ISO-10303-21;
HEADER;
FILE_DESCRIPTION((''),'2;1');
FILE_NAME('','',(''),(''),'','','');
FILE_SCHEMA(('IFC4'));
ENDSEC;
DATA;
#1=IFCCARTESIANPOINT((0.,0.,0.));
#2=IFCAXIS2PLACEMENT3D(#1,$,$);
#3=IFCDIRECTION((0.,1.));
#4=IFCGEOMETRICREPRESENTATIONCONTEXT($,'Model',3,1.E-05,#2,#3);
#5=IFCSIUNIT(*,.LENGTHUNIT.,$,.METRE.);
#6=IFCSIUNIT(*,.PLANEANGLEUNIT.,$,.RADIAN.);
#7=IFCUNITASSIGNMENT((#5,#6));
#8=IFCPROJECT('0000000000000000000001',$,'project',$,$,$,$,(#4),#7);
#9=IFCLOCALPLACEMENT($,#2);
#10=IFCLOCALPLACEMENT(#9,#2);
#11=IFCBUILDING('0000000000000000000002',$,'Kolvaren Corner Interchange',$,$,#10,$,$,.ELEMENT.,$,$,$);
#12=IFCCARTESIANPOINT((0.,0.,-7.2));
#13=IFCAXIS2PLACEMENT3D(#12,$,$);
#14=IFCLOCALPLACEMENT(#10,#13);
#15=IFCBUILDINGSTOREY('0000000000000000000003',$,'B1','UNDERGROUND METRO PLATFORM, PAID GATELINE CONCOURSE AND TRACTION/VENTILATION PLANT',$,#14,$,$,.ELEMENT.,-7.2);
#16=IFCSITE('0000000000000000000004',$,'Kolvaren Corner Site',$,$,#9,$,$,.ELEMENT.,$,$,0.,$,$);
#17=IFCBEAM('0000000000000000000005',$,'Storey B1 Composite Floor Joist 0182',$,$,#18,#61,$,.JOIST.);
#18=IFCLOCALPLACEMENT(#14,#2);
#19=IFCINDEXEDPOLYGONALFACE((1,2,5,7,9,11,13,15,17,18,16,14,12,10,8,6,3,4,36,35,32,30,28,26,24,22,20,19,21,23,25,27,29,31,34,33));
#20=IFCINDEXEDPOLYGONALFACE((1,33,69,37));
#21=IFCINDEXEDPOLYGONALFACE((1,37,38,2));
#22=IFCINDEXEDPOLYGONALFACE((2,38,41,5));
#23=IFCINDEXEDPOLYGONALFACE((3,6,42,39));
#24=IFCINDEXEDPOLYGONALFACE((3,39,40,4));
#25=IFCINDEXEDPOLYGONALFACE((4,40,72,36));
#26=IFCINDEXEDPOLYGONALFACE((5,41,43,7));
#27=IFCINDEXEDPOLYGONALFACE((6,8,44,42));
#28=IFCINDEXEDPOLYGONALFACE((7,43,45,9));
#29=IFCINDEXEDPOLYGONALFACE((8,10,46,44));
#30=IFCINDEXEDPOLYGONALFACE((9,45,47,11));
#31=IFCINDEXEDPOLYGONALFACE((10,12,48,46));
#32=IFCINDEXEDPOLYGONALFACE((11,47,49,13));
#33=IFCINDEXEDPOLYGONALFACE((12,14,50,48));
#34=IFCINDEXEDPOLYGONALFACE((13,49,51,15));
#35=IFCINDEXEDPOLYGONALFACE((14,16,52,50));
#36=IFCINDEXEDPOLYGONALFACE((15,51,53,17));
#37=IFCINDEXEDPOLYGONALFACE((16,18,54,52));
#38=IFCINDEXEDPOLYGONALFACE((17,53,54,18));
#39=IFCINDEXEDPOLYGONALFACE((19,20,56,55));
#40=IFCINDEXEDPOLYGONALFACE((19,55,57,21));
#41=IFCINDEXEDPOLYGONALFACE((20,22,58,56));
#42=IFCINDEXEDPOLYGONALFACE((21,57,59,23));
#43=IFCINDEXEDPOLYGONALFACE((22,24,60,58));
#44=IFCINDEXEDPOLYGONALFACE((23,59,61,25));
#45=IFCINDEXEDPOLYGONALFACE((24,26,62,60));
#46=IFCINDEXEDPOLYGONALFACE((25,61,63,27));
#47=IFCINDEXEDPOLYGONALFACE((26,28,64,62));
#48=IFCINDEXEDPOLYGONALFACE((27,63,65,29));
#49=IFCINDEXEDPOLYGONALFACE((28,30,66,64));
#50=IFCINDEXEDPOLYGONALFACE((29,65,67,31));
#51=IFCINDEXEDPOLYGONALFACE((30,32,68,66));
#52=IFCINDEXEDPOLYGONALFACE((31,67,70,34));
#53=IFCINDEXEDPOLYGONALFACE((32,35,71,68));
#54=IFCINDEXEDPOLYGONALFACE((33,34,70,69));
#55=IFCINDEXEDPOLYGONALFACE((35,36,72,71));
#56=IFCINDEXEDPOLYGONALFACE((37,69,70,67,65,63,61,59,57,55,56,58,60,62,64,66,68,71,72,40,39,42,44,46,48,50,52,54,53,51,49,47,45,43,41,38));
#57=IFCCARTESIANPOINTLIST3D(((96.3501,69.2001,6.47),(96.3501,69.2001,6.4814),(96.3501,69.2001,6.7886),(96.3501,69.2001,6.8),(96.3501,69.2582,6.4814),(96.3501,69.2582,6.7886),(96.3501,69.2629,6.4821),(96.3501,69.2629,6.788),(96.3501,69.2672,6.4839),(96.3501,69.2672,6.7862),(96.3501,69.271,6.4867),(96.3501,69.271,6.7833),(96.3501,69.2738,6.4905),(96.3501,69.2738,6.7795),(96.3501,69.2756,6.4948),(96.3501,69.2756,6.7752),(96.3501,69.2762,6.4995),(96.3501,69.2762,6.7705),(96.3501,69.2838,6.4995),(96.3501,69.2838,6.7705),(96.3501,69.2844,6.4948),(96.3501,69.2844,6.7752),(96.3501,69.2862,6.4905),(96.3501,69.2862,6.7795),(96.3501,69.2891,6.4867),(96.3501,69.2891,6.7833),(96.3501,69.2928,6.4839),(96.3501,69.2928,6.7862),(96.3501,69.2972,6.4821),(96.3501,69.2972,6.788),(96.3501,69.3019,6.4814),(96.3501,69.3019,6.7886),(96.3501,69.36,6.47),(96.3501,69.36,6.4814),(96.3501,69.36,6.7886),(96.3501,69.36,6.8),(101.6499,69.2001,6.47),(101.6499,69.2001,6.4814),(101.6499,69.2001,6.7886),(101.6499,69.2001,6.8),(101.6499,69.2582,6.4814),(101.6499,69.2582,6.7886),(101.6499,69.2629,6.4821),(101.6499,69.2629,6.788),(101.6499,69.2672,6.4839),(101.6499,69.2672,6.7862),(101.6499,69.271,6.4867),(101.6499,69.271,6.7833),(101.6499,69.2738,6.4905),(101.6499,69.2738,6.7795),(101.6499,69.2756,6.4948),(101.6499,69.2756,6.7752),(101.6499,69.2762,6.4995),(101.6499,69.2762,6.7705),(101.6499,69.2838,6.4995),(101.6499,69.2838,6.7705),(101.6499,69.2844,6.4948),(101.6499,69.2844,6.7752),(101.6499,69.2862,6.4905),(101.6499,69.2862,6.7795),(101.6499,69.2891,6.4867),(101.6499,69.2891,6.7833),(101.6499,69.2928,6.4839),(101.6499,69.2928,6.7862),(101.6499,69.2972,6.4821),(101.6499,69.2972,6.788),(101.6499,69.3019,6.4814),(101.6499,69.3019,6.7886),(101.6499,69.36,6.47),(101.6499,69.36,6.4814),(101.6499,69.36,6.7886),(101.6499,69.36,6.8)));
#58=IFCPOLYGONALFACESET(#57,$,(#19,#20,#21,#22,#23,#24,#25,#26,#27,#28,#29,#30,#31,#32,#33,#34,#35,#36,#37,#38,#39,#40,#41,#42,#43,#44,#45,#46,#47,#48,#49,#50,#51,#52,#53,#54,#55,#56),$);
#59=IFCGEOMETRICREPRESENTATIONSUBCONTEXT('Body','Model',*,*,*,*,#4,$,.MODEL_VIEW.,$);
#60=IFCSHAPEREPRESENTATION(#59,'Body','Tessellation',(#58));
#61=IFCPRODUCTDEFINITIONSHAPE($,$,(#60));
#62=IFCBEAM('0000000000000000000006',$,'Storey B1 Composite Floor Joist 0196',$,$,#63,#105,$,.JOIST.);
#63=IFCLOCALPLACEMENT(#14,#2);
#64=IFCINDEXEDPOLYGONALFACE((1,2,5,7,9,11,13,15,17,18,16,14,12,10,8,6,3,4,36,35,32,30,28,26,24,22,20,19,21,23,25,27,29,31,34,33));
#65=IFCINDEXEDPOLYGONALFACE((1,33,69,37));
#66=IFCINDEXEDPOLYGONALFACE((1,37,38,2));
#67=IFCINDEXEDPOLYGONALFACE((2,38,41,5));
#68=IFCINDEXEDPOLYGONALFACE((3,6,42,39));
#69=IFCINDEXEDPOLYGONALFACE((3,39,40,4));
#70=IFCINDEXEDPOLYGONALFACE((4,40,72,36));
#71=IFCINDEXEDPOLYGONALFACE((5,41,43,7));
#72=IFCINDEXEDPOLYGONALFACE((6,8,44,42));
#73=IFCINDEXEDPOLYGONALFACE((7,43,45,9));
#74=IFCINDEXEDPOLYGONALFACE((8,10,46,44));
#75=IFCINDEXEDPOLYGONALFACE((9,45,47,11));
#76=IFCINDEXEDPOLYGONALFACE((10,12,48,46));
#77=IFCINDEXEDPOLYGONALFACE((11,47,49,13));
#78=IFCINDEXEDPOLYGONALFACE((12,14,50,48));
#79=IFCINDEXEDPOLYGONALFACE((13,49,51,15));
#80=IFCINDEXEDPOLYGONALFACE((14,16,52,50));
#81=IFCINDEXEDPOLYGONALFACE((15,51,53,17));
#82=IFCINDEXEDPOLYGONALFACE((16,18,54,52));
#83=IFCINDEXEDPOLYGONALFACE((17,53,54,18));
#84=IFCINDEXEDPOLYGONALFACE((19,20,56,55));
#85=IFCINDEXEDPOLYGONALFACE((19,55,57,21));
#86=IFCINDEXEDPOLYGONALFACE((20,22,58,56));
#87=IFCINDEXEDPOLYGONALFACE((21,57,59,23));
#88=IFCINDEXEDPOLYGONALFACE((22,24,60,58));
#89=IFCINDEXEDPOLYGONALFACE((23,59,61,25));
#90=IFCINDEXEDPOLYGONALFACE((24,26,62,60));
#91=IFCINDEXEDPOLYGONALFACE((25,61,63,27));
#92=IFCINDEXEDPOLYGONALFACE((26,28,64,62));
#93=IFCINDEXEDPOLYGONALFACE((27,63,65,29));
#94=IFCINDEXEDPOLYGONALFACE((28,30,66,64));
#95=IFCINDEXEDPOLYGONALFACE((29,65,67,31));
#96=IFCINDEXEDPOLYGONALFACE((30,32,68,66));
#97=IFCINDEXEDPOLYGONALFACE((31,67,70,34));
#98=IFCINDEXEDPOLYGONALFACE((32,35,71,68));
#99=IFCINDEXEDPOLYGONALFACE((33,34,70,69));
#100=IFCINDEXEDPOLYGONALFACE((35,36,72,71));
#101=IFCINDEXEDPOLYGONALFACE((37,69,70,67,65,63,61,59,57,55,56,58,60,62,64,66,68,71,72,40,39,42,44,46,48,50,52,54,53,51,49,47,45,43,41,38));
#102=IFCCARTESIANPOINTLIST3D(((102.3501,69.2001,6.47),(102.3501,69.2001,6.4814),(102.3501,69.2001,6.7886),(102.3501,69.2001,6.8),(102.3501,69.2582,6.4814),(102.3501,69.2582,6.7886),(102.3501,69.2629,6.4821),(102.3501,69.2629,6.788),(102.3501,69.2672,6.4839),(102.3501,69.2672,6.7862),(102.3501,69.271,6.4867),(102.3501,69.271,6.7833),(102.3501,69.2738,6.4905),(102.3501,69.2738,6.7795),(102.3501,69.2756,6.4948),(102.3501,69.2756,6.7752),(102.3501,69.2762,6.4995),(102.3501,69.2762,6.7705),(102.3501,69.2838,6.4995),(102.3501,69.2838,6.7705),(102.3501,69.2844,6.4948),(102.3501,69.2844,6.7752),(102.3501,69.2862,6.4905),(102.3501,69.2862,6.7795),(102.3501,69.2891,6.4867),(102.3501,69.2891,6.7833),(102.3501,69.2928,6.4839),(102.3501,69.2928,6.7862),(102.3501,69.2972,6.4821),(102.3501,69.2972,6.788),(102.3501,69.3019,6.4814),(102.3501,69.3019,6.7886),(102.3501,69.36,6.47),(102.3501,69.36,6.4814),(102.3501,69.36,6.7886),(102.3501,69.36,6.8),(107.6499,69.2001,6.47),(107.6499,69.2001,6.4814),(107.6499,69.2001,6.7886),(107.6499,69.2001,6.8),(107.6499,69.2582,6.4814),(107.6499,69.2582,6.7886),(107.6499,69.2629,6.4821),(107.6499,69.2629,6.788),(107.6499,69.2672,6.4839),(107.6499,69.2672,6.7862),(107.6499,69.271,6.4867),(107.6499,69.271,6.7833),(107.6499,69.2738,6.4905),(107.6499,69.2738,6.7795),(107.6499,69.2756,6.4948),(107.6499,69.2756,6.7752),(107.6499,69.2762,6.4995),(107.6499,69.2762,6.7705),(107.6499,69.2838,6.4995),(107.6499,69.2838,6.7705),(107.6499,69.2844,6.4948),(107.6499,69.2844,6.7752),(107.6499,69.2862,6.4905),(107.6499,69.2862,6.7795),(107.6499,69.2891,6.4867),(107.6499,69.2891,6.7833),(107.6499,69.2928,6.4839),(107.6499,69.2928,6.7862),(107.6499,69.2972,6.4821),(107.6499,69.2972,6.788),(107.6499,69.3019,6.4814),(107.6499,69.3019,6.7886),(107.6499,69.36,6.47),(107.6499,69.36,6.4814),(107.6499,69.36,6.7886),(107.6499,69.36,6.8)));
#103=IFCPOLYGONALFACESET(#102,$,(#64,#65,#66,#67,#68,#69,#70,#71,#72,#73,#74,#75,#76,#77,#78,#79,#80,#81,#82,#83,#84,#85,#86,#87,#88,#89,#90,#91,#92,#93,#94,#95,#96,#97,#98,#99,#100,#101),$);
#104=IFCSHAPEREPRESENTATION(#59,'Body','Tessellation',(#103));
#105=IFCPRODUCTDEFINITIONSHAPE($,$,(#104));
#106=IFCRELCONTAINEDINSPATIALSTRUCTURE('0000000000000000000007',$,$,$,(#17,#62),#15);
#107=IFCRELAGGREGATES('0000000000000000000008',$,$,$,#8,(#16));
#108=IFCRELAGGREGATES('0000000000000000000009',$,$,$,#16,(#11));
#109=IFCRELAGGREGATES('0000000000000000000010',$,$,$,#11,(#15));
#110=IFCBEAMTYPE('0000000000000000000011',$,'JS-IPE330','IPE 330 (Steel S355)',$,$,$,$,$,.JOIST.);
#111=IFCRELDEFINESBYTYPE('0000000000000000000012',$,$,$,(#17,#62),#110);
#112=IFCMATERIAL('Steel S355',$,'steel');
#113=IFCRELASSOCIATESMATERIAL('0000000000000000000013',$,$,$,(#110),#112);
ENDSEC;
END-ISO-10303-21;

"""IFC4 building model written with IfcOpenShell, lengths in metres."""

from ifc_helpers import new_model, si_unit, direction, frame, origin, origin_2d, place, context, subcontext, project, spatial, i_section, extrude, material, material_profile, profile_set, type_object, element, save


model = new_model("IFC4")

# Units and contexts
model_context = context("Model", 3, precision=1e-05, world=origin(), true_north=direction((0.0, 1.0)))
body_context = subcontext(model_context, "Body", "Model", "MODEL_VIEW")
ifc_project = project(units=[si_unit("LENGTHUNIT", "METRE"), si_unit("PLANEANGLEUNIT", "RADIAN")], contexts=[model_context])

# Site, building, storey
site_placement = place(None, origin())
site = spatial("IfcSite", under=ifc_project, at=site_placement, Name="Kolvaren Corner Site", CompositionType="ELEMENT", RefElevation=0.0)
building_placement = place(site_placement, origin())
building = spatial("IfcBuilding", under=site, at=building_placement, Name="Kolvaren Corner Interchange", CompositionType="ELEMENT")
storey_placement = place(building_placement, frame((0.0, 0.0, -7.2)))
storey = spatial("IfcBuildingStorey", under=building, at=storey_placement, Name="B1", Description="UNDERGROUND METRO PLATFORM, PAID GATELINE CONCOURSE AND TRACTION/VENTILATION PLANT", CompositionType="ELEMENT", Elevation=-7.2)

# Beams
ifc_material_1 = material(Name="Steel S355", Category="steel")
ifc_material_profile_1 = material_profile(ifc_material_1, i_section(OverallWidth=0.1599, OverallDepth=0.3301, WebThickness=0.0076, FlangeThickness=0.0115, FilletRadius=0.0181, at=origin_2d()), Name="IPE 330")
ifc_profile_set_1 = profile_set([ifc_material_profile_1], Name="Steel S355")
beam_type_1 = type_object("IfcBeamType", Name="JS-IPE330", Description="IPE 330 (Steel S355)", PredefinedType="JOIST", material=ifc_profile_set_1)
for number, where, z_axis, x_axis, name in (
    (1, (96.3501, 69.28, 6.635), (1.0, 0.0, 0.0), (0.0, 1.0, 0.0), "Storey B1 Composite Floor Joist 0182"),
    (2, (102.3501, 69.28, 6.635), (1.0, 0.0, 0.0), (0.0, 1.0, 0.0), "Storey B1 Composite Floor Joist 0196"),
):
    element("IfcBeam", number, at=place(storey_placement, frame(where, z_axis=z_axis, x_axis=x_axis)), inside=storey, type_object=beam_type_1, Name=name, PredefinedType="JOIST", context=body_context, shape_type="SweptSolid", body=[
        extrude(i_section(OverallWidth=0.1599, OverallDepth=0.3301, WebThickness=0.0076, FlangeThickness=0.0115, FilletRadius=0.0181, at=origin_2d()), origin(), (0.0, 0.0, 1.0), 5.2998),
    ])

save(model, "model.ifc")
